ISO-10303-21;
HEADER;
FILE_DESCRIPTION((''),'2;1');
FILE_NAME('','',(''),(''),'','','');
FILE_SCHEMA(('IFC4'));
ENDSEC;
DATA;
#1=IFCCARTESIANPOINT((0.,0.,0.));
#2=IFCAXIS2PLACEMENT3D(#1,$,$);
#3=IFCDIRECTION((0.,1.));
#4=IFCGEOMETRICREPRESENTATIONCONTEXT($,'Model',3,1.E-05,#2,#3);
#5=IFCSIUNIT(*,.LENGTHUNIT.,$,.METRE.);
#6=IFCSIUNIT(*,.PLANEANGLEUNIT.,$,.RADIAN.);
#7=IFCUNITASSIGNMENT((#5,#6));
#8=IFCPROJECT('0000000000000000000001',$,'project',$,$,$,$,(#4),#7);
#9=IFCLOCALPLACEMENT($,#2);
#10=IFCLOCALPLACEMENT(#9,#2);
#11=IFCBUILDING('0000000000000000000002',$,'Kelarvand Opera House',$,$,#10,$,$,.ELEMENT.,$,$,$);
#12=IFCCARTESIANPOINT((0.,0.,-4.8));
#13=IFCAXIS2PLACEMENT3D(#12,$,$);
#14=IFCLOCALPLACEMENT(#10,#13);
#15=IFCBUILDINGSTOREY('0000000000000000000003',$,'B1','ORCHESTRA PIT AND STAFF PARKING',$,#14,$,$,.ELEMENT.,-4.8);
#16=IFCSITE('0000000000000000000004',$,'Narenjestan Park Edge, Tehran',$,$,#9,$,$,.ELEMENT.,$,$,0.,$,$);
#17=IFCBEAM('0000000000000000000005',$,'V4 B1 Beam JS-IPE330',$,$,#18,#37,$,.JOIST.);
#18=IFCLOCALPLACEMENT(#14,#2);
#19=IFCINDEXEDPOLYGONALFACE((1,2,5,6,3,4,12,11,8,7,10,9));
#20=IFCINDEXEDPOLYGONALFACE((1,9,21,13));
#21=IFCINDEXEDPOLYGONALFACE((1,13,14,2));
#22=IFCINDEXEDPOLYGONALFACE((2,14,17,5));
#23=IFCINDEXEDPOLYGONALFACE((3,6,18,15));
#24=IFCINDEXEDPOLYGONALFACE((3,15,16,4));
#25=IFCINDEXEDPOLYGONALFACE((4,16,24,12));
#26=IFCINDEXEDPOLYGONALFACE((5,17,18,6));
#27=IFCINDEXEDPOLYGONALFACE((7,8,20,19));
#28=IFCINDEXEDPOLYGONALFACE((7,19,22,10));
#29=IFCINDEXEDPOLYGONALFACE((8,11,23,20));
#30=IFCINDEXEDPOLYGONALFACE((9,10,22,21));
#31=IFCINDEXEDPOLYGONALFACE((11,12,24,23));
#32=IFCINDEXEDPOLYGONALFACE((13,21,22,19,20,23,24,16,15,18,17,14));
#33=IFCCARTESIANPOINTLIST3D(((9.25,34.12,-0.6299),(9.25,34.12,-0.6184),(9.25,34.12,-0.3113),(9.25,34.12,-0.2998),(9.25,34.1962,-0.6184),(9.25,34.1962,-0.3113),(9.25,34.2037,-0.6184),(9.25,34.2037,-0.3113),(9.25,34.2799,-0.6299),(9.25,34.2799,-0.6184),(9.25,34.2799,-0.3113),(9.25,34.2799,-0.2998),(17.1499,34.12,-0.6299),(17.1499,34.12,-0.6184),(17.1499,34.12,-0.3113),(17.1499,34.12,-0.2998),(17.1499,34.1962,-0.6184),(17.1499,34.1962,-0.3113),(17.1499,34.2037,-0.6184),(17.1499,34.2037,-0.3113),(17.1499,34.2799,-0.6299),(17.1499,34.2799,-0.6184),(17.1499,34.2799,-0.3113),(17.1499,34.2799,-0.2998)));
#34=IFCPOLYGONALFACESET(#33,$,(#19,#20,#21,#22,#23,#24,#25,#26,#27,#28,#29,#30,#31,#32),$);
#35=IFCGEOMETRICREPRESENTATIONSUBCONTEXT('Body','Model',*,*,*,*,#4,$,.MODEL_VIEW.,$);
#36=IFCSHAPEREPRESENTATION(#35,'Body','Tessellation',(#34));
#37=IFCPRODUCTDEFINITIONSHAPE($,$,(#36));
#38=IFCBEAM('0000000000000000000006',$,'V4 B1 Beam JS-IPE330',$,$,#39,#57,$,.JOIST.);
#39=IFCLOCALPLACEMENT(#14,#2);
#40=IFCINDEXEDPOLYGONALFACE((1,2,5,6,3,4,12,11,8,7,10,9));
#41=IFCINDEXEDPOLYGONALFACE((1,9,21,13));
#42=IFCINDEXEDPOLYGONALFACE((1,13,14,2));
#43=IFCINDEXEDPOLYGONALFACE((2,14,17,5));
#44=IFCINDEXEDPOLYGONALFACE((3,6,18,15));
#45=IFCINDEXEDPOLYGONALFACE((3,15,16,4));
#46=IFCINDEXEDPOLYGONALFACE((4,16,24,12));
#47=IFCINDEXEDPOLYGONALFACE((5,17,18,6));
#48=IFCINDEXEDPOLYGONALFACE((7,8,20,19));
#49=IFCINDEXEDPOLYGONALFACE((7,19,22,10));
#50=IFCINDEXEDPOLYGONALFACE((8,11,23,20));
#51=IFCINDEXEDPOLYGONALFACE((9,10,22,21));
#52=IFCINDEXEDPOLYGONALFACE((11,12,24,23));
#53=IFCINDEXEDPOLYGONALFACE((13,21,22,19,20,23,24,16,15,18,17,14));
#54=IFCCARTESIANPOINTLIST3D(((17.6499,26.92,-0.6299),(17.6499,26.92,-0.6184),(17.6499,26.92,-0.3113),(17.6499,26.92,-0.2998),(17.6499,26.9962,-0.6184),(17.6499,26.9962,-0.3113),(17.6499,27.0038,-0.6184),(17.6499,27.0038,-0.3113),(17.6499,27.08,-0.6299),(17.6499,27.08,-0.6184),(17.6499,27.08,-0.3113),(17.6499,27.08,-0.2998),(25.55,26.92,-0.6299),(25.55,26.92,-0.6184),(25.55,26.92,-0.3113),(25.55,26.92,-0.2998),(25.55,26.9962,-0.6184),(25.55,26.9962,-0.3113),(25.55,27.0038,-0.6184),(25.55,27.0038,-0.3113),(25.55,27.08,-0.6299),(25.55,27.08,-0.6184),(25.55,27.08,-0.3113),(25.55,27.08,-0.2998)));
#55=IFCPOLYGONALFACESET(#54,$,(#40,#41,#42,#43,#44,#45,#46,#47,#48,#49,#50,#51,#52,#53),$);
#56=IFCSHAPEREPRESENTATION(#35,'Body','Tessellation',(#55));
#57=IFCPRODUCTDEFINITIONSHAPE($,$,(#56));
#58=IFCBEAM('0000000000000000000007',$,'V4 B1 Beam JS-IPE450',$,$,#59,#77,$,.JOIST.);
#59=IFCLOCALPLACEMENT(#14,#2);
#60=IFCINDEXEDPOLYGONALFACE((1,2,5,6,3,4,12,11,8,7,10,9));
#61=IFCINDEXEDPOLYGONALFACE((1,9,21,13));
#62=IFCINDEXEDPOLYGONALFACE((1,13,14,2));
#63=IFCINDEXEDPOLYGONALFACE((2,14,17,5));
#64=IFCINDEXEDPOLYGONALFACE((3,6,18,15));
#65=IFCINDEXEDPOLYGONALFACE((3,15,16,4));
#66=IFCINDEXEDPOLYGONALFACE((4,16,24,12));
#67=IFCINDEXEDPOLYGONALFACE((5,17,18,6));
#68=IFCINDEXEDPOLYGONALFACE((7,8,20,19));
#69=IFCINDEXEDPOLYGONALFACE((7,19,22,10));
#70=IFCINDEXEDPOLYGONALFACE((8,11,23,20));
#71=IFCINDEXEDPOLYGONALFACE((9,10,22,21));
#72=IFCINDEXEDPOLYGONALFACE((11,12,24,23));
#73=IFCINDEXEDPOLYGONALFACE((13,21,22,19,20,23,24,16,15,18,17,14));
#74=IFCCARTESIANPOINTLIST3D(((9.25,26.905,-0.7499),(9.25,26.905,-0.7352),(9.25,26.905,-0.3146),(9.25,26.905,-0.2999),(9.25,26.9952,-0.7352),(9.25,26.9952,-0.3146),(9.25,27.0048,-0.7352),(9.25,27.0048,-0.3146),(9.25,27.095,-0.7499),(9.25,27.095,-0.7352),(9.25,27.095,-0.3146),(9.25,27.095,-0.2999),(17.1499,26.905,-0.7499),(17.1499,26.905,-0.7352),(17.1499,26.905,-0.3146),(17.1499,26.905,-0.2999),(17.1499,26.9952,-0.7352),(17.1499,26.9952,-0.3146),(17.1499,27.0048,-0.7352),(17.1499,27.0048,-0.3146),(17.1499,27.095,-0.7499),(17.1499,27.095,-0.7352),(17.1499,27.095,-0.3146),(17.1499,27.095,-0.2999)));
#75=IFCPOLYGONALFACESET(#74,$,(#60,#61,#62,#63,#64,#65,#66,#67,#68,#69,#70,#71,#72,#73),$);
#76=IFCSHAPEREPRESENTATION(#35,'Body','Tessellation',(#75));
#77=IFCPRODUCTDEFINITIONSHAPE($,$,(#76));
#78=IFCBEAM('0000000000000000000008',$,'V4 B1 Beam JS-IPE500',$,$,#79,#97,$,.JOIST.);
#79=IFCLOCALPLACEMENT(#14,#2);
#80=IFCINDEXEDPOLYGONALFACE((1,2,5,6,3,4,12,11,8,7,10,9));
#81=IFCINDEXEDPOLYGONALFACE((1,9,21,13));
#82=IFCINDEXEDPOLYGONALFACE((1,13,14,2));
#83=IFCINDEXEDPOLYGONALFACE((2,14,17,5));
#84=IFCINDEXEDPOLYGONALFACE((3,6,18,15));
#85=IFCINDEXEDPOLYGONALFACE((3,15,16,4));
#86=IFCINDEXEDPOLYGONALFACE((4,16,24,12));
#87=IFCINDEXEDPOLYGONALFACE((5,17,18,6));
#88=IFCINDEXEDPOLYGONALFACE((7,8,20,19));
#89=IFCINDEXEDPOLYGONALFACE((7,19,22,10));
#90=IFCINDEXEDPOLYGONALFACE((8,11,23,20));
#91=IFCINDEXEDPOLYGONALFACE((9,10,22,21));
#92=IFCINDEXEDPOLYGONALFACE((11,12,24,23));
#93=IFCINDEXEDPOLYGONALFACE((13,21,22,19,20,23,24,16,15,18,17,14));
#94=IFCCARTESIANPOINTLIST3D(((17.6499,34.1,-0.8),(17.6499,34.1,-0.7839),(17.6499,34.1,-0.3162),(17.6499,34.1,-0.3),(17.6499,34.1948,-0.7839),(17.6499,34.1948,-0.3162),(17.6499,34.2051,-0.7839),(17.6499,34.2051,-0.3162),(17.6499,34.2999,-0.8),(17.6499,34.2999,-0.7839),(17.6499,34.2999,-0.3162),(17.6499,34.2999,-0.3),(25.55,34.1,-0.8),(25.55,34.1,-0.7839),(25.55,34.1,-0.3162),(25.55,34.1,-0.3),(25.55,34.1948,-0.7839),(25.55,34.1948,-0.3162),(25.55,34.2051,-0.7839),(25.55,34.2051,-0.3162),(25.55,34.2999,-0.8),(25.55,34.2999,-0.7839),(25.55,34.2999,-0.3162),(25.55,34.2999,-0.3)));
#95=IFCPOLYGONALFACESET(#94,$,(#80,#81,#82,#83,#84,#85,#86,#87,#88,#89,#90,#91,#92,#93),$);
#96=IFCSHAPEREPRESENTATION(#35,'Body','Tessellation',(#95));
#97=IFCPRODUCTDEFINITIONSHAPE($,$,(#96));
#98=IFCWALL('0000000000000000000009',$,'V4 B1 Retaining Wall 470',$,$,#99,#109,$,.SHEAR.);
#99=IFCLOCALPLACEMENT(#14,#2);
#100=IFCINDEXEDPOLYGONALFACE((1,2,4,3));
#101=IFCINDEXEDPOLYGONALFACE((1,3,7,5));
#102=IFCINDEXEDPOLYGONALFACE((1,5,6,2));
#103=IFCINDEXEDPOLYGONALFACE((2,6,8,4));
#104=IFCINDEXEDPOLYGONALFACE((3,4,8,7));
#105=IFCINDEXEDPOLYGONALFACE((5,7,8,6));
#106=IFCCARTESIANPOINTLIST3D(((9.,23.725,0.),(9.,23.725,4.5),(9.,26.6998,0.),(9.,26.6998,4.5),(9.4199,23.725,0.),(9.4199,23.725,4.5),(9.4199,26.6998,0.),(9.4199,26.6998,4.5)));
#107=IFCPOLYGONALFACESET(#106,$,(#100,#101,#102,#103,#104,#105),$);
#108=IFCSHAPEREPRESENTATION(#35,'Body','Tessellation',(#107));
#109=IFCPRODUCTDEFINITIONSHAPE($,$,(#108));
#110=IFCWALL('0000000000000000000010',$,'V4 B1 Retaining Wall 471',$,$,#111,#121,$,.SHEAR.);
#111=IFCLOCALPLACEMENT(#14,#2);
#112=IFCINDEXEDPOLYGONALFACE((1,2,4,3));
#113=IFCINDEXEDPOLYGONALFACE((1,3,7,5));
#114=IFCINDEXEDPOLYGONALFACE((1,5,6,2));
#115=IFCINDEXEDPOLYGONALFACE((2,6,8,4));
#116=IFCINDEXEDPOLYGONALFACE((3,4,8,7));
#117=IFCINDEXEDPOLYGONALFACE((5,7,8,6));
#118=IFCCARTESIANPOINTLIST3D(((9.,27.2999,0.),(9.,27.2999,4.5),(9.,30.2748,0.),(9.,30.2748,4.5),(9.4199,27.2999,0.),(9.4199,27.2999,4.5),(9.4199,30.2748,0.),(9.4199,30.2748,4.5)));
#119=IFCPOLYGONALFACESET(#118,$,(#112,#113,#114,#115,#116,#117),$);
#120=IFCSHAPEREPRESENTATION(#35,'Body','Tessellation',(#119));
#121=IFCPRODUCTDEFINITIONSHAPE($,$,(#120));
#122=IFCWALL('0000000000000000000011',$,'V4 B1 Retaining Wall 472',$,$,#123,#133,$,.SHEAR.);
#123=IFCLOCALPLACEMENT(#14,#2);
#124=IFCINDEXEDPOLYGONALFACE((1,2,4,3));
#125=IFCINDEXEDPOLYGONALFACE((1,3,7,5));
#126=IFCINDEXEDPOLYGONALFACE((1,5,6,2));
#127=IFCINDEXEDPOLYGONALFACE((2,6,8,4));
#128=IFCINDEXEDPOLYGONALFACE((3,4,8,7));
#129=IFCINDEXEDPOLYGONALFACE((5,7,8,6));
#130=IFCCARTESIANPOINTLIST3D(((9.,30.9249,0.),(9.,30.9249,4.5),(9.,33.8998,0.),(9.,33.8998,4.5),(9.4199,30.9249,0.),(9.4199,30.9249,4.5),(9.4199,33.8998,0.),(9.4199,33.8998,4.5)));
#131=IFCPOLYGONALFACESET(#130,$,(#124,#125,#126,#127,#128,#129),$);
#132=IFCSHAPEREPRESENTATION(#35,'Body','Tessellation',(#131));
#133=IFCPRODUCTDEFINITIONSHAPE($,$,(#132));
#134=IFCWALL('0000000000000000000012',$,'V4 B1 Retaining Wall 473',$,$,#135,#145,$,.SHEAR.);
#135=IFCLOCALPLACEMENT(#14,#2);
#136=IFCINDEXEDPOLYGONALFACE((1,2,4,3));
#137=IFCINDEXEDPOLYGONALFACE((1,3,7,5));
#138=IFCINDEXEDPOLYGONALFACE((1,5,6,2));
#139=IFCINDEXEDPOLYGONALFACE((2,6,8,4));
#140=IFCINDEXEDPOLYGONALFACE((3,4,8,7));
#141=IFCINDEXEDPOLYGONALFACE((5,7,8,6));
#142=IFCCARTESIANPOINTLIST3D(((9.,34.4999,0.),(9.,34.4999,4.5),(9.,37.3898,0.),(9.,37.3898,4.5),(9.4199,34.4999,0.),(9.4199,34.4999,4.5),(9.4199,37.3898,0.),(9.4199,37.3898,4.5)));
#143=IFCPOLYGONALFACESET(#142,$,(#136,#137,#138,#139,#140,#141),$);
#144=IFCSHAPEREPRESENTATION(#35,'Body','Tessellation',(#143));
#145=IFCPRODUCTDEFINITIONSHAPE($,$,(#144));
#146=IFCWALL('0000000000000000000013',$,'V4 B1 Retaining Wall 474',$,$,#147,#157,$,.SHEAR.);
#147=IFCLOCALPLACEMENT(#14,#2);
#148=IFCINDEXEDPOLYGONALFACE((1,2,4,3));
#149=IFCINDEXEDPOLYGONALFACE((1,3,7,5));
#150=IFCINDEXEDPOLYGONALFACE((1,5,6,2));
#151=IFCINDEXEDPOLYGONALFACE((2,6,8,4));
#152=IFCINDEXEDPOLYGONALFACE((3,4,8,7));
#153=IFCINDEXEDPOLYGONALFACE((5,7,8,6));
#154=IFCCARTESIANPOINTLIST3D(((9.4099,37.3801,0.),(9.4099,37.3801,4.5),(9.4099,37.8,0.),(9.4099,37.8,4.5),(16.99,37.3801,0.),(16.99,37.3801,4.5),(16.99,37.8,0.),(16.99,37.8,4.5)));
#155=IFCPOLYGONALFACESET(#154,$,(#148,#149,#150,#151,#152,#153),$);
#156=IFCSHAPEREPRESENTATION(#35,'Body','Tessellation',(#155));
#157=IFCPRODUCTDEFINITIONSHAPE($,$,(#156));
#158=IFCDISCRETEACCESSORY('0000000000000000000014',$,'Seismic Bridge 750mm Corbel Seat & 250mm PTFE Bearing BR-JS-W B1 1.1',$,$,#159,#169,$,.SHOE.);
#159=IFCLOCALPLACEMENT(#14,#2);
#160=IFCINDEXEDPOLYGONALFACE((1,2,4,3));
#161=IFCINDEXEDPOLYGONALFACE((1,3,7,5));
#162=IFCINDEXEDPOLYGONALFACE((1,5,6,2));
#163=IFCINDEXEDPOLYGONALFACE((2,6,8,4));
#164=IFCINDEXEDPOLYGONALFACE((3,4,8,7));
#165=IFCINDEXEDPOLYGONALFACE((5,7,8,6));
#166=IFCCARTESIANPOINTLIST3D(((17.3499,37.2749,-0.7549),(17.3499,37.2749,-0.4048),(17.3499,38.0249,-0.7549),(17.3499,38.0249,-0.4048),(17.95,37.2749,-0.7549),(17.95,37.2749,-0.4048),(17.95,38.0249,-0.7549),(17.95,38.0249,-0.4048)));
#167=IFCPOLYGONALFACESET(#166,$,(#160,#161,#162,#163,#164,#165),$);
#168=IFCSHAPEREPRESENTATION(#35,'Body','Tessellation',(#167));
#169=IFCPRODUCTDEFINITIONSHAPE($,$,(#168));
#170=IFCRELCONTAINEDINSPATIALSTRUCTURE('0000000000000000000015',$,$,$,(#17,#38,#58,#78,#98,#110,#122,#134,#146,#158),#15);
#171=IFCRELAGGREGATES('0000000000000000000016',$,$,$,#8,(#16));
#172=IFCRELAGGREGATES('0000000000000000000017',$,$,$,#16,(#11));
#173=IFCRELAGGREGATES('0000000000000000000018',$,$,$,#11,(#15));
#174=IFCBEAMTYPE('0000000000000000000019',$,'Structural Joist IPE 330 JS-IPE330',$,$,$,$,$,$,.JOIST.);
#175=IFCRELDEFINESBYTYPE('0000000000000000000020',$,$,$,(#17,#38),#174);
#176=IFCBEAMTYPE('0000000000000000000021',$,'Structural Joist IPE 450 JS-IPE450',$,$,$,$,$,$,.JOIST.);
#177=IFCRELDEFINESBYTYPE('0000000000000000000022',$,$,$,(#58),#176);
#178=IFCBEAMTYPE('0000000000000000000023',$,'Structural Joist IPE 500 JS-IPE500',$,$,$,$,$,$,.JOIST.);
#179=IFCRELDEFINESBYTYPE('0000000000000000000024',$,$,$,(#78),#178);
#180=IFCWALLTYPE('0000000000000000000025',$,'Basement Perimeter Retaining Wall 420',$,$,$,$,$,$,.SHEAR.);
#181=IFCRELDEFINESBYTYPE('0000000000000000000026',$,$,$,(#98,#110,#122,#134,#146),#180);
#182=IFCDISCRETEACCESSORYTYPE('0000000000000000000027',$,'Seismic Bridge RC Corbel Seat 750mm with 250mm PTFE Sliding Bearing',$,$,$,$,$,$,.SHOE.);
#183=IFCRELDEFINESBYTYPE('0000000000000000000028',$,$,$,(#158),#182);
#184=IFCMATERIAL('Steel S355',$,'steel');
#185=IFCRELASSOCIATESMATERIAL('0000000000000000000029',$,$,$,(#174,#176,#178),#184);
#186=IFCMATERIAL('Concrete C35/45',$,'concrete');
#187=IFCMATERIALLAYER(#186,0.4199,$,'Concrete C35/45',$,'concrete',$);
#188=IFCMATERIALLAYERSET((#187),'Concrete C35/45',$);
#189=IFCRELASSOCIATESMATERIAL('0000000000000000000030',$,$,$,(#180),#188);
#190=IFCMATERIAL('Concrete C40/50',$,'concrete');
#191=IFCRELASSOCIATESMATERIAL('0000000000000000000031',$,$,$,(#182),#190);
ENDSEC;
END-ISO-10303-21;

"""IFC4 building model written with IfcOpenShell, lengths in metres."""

from ifc_helpers import new_model, si_unit, direction, frame, frame_2d, origin, origin_2d, place, context, subcontext, project, spatial, rectangle, i_section, extrude, material, layer, layer_set, material_profile, profile_set, type_object, element, save


model = new_model("IFC4")

# Units and contexts
model_context = context("Model", 3, precision=1e-05, world=origin(), true_north=direction((0.0, 1.0)))
body_context = subcontext(model_context, "Body", "Model", "MODEL_VIEW")
ifc_project = project(units=[si_unit("LENGTHUNIT", "METRE"), si_unit("PLANEANGLEUNIT", "RADIAN")], contexts=[model_context])

# Site, building, storey
site_placement = place(None, origin())
site = spatial("IfcSite", under=ifc_project, at=site_placement, Name="Narenjestan Park Edge, Tehran", CompositionType="ELEMENT", RefElevation=0.0)
building_placement = place(site_placement, origin())
building = spatial("IfcBuilding", under=site, at=building_placement, Name="Kelarvand Opera House", CompositionType="ELEMENT")
storey_placement = place(building_placement, frame((0.0, 0.0, -4.8)))
storey = spatial("IfcBuildingStorey", under=building, at=storey_placement, Name="B1", Description="ORCHESTRA PIT AND STAFF PARKING", CompositionType="ELEMENT", Elevation=-4.8)

# Shared definitions
ifc_material_1 = material(Name="Concrete C40/50", Category="concrete")

# Beams
ifc_material_2 = material(Name="Steel S355", Category="steel")
ifc_material_profile_1 = material_profile(ifc_material_2, i_section(OverallWidth=0.1599, OverallDepth=0.3301, WebThickness=0.0076, FlangeThickness=0.0115, at=origin_2d()), Name="IPE 330", Category="steel")
ifc_profile_set_1 = profile_set([ifc_material_profile_1], Name="Steel S355")
beam_type_1 = type_object("IfcBeamType", Name="Structural Joist IPE 330 JS-IPE330", PredefinedType="JOIST", material=ifc_profile_set_1)
beam_1_placement = place(storey_placement, frame((9.25, 34.2, -0.4648), z_axis=(1.0, 0.0, 0.0), x_axis=(0.0, 1.0, 0.0)))
element("IfcBeam", 1, at=beam_1_placement, inside=storey, type_object=beam_type_1, Name="V4 B1 Beam JS-IPE330", PredefinedType="JOIST", context=body_context, shape_type="SweptSolid", body=[
    extrude(i_section(OverallWidth=0.1599, OverallDepth=0.3301, WebThickness=0.0076, FlangeThickness=0.0115, at=origin_2d()), origin(), (0.0, 0.0, 1.0), 7.8999),
])
beam_2_placement = place(storey_placement, frame((17.6499, 27.0, -0.4648), z_axis=(1.0, 0.0, 0.0), x_axis=(0.0, 1.0, 0.0)))
element("IfcBeam", 2, at=beam_2_placement, inside=storey, type_object=beam_type_1, Name="V4 B1 Beam JS-IPE330", PredefinedType="JOIST", context=body_context, shape_type="SweptSolid", body=[
    extrude(i_section(OverallWidth=0.1599, OverallDepth=0.3301, WebThickness=0.0076, FlangeThickness=0.0115, at=origin_2d()), origin(), (0.0, 0.0, 1.0), 7.9001),
])
ifc_material_profile_2 = material_profile(ifc_material_2, i_section(OverallWidth=0.1899, OverallDepth=0.45, WebThickness=0.0095, FlangeThickness=0.0146, at=origin_2d()), Name="IPE 450", Category="steel")
ifc_profile_set_2 = profile_set([ifc_material_profile_2], Name="Steel S355")
beam_type_2 = type_object("IfcBeamType", Name="Structural Joist IPE 450 JS-IPE450", PredefinedType="JOIST", material=ifc_profile_set_2)
beam_3_placement = place(storey_placement, frame((9.25, 27.0, -0.5249), z_axis=(1.0, 0.0, 0.0), x_axis=(0.0, 1.0, 0.0)))
element("IfcBeam", 3, at=beam_3_placement, inside=storey, type_object=beam_type_2, Name="V4 B1 Beam JS-IPE450", PredefinedType="JOIST", context=body_context, shape_type="SweptSolid", body=[
    extrude(i_section(OverallWidth=0.1899, OverallDepth=0.45, WebThickness=0.0095, FlangeThickness=0.0146, at=origin_2d()), origin(), (0.0, 0.0, 1.0), 7.8999),
])
ifc_material_profile_3 = material_profile(ifc_material_2, i_section(OverallWidth=0.2, OverallDepth=0.5, WebThickness=0.0103, FlangeThickness=0.0161, at=origin_2d()), Name="IPE 500", Category="steel")
ifc_profile_set_3 = profile_set([ifc_material_profile_3], Name="Steel S355")
beam_type_3 = type_object("IfcBeamType", Name="Structural Joist IPE 500 JS-IPE500", PredefinedType="JOIST", material=ifc_profile_set_3)
beam_4_placement = place(storey_placement, frame((17.6499, 34.2, -0.55), z_axis=(1.0, 0.0, 0.0), x_axis=(0.0, 1.0, 0.0)))
element("IfcBeam", 4, at=beam_4_placement, inside=storey, type_object=beam_type_3, Name="V4 B1 Beam JS-IPE500", PredefinedType="JOIST", context=body_context, shape_type="SweptSolid", body=[
    extrude(i_section(OverallWidth=0.2, OverallDepth=0.5, WebThickness=0.0103, FlangeThickness=0.0161, at=origin_2d()), origin(), (0.0, 0.0, 1.0), 7.9001),
])

# Walls
ifc_material_3 = material(Name="Concrete C35/45", Category="concrete")
ifc_layer = layer(ifc_material_3, 0.4199, Name="Concrete C35/45", Category="concrete")
ifc_layer_set = layer_set([ifc_layer], Name="Concrete C35/45")
wall_type = type_object("IfcWallType", Name="Basement Perimeter Retaining Wall 420", PredefinedType="SHEAR", material=ifc_layer_set)
for number, where, z_axis, x_axis, name in (
    (5, (9.21, 23.7251, 0.0), (0.0, 0.0, 1.0), (0.0, 1.0, 0.0), "V4 B1 Retaining Wall 470"),
    (6, (9.21, 27.3, 0.0), (0.0, 0.0, 1.0), (0.0, 1.0, 0.0), "V4 B1 Retaining Wall 471"),
    (7, (9.21, 30.925, 0.0), (0.0, 0.0, 1.0), (0.0, 1.0, 0.0), "V4 B1 Retaining Wall 472"),
):
    element("IfcWall", number, at=place(storey_placement, frame(where, z_axis=z_axis, x_axis=x_axis)), inside=storey, type_object=wall_type, Name=name, PredefinedType="SHEAR", context=body_context, shape_type="SweptSolid", body=[
        extrude(rectangle(XDim=2.9749, YDim=0.4199, at=frame_2d((1.4873, 0.0))), origin(), (0.0, 0.0, 1.0), 4.5),
    ])
wall_1_placement = place(storey_placement, frame((9.21, 34.5, 0.0), z_axis=(0.0, 0.0, 1.0), x_axis=(0.0, 1.0, 0.0)))
element("IfcWall", 8, at=wall_1_placement, inside=storey, type_object=wall_type, Name="V4 B1 Retaining Wall 473", PredefinedType="SHEAR", context=body_context, shape_type="SweptSolid", body=[
    extrude(rectangle(XDim=2.8899, YDim=0.4199, at=frame_2d((1.4448, 0.0))), origin(), (0.0, 0.0, 1.0), 4.5),
])
wall_2_placement = place(storey_placement, frame((9.4099, 37.5901, 0.0), z_axis=(0.0, 0.0, 1.0), x_axis=(1.0, 0.0, 0.0)))
element("IfcWall", 9, at=wall_2_placement, inside=storey, type_object=wall_type, Name="V4 B1 Retaining Wall 474", PredefinedType="SHEAR", context=body_context, shape_type="SweptSolid", body=[
    extrude(rectangle(XDim=7.5801, YDim=0.4199, at=frame_2d((3.79, 0.0))), origin(), (0.0, 0.0, 1.0), 4.5),
])

# Discrete accessory
discrete_accessory_type = type_object("IfcDiscreteAccessoryType", Name="Seismic Bridge RC Corbel Seat 750mm with 250mm PTFE Sliding Bearing", PredefinedType="SHOE", material=ifc_material_1)
discrete_accessory_placement = place(storey_placement, frame((17.6499, 37.6499, -0.7549), z_axis=(0.0, 0.0, 1.0), x_axis=(0.0, 1.0, 0.0)))
element("IfcDiscreteAccessory", 10, at=discrete_accessory_placement, inside=storey, type_object=discrete_accessory_type, Name="Seismic Bridge 750mm Corbel Seat & 250mm PTFE Bearing BR-JS-W B1 1.1", PredefinedType="SHOE", context=body_context, shape_type="SweptSolid", body=[
    extrude(rectangle(XDim=0.75, YDim=0.6001, at=origin_2d()), origin(), (0.0, 0.0, 1.0), 0.3501),
])

save(model, "model.ifc")
